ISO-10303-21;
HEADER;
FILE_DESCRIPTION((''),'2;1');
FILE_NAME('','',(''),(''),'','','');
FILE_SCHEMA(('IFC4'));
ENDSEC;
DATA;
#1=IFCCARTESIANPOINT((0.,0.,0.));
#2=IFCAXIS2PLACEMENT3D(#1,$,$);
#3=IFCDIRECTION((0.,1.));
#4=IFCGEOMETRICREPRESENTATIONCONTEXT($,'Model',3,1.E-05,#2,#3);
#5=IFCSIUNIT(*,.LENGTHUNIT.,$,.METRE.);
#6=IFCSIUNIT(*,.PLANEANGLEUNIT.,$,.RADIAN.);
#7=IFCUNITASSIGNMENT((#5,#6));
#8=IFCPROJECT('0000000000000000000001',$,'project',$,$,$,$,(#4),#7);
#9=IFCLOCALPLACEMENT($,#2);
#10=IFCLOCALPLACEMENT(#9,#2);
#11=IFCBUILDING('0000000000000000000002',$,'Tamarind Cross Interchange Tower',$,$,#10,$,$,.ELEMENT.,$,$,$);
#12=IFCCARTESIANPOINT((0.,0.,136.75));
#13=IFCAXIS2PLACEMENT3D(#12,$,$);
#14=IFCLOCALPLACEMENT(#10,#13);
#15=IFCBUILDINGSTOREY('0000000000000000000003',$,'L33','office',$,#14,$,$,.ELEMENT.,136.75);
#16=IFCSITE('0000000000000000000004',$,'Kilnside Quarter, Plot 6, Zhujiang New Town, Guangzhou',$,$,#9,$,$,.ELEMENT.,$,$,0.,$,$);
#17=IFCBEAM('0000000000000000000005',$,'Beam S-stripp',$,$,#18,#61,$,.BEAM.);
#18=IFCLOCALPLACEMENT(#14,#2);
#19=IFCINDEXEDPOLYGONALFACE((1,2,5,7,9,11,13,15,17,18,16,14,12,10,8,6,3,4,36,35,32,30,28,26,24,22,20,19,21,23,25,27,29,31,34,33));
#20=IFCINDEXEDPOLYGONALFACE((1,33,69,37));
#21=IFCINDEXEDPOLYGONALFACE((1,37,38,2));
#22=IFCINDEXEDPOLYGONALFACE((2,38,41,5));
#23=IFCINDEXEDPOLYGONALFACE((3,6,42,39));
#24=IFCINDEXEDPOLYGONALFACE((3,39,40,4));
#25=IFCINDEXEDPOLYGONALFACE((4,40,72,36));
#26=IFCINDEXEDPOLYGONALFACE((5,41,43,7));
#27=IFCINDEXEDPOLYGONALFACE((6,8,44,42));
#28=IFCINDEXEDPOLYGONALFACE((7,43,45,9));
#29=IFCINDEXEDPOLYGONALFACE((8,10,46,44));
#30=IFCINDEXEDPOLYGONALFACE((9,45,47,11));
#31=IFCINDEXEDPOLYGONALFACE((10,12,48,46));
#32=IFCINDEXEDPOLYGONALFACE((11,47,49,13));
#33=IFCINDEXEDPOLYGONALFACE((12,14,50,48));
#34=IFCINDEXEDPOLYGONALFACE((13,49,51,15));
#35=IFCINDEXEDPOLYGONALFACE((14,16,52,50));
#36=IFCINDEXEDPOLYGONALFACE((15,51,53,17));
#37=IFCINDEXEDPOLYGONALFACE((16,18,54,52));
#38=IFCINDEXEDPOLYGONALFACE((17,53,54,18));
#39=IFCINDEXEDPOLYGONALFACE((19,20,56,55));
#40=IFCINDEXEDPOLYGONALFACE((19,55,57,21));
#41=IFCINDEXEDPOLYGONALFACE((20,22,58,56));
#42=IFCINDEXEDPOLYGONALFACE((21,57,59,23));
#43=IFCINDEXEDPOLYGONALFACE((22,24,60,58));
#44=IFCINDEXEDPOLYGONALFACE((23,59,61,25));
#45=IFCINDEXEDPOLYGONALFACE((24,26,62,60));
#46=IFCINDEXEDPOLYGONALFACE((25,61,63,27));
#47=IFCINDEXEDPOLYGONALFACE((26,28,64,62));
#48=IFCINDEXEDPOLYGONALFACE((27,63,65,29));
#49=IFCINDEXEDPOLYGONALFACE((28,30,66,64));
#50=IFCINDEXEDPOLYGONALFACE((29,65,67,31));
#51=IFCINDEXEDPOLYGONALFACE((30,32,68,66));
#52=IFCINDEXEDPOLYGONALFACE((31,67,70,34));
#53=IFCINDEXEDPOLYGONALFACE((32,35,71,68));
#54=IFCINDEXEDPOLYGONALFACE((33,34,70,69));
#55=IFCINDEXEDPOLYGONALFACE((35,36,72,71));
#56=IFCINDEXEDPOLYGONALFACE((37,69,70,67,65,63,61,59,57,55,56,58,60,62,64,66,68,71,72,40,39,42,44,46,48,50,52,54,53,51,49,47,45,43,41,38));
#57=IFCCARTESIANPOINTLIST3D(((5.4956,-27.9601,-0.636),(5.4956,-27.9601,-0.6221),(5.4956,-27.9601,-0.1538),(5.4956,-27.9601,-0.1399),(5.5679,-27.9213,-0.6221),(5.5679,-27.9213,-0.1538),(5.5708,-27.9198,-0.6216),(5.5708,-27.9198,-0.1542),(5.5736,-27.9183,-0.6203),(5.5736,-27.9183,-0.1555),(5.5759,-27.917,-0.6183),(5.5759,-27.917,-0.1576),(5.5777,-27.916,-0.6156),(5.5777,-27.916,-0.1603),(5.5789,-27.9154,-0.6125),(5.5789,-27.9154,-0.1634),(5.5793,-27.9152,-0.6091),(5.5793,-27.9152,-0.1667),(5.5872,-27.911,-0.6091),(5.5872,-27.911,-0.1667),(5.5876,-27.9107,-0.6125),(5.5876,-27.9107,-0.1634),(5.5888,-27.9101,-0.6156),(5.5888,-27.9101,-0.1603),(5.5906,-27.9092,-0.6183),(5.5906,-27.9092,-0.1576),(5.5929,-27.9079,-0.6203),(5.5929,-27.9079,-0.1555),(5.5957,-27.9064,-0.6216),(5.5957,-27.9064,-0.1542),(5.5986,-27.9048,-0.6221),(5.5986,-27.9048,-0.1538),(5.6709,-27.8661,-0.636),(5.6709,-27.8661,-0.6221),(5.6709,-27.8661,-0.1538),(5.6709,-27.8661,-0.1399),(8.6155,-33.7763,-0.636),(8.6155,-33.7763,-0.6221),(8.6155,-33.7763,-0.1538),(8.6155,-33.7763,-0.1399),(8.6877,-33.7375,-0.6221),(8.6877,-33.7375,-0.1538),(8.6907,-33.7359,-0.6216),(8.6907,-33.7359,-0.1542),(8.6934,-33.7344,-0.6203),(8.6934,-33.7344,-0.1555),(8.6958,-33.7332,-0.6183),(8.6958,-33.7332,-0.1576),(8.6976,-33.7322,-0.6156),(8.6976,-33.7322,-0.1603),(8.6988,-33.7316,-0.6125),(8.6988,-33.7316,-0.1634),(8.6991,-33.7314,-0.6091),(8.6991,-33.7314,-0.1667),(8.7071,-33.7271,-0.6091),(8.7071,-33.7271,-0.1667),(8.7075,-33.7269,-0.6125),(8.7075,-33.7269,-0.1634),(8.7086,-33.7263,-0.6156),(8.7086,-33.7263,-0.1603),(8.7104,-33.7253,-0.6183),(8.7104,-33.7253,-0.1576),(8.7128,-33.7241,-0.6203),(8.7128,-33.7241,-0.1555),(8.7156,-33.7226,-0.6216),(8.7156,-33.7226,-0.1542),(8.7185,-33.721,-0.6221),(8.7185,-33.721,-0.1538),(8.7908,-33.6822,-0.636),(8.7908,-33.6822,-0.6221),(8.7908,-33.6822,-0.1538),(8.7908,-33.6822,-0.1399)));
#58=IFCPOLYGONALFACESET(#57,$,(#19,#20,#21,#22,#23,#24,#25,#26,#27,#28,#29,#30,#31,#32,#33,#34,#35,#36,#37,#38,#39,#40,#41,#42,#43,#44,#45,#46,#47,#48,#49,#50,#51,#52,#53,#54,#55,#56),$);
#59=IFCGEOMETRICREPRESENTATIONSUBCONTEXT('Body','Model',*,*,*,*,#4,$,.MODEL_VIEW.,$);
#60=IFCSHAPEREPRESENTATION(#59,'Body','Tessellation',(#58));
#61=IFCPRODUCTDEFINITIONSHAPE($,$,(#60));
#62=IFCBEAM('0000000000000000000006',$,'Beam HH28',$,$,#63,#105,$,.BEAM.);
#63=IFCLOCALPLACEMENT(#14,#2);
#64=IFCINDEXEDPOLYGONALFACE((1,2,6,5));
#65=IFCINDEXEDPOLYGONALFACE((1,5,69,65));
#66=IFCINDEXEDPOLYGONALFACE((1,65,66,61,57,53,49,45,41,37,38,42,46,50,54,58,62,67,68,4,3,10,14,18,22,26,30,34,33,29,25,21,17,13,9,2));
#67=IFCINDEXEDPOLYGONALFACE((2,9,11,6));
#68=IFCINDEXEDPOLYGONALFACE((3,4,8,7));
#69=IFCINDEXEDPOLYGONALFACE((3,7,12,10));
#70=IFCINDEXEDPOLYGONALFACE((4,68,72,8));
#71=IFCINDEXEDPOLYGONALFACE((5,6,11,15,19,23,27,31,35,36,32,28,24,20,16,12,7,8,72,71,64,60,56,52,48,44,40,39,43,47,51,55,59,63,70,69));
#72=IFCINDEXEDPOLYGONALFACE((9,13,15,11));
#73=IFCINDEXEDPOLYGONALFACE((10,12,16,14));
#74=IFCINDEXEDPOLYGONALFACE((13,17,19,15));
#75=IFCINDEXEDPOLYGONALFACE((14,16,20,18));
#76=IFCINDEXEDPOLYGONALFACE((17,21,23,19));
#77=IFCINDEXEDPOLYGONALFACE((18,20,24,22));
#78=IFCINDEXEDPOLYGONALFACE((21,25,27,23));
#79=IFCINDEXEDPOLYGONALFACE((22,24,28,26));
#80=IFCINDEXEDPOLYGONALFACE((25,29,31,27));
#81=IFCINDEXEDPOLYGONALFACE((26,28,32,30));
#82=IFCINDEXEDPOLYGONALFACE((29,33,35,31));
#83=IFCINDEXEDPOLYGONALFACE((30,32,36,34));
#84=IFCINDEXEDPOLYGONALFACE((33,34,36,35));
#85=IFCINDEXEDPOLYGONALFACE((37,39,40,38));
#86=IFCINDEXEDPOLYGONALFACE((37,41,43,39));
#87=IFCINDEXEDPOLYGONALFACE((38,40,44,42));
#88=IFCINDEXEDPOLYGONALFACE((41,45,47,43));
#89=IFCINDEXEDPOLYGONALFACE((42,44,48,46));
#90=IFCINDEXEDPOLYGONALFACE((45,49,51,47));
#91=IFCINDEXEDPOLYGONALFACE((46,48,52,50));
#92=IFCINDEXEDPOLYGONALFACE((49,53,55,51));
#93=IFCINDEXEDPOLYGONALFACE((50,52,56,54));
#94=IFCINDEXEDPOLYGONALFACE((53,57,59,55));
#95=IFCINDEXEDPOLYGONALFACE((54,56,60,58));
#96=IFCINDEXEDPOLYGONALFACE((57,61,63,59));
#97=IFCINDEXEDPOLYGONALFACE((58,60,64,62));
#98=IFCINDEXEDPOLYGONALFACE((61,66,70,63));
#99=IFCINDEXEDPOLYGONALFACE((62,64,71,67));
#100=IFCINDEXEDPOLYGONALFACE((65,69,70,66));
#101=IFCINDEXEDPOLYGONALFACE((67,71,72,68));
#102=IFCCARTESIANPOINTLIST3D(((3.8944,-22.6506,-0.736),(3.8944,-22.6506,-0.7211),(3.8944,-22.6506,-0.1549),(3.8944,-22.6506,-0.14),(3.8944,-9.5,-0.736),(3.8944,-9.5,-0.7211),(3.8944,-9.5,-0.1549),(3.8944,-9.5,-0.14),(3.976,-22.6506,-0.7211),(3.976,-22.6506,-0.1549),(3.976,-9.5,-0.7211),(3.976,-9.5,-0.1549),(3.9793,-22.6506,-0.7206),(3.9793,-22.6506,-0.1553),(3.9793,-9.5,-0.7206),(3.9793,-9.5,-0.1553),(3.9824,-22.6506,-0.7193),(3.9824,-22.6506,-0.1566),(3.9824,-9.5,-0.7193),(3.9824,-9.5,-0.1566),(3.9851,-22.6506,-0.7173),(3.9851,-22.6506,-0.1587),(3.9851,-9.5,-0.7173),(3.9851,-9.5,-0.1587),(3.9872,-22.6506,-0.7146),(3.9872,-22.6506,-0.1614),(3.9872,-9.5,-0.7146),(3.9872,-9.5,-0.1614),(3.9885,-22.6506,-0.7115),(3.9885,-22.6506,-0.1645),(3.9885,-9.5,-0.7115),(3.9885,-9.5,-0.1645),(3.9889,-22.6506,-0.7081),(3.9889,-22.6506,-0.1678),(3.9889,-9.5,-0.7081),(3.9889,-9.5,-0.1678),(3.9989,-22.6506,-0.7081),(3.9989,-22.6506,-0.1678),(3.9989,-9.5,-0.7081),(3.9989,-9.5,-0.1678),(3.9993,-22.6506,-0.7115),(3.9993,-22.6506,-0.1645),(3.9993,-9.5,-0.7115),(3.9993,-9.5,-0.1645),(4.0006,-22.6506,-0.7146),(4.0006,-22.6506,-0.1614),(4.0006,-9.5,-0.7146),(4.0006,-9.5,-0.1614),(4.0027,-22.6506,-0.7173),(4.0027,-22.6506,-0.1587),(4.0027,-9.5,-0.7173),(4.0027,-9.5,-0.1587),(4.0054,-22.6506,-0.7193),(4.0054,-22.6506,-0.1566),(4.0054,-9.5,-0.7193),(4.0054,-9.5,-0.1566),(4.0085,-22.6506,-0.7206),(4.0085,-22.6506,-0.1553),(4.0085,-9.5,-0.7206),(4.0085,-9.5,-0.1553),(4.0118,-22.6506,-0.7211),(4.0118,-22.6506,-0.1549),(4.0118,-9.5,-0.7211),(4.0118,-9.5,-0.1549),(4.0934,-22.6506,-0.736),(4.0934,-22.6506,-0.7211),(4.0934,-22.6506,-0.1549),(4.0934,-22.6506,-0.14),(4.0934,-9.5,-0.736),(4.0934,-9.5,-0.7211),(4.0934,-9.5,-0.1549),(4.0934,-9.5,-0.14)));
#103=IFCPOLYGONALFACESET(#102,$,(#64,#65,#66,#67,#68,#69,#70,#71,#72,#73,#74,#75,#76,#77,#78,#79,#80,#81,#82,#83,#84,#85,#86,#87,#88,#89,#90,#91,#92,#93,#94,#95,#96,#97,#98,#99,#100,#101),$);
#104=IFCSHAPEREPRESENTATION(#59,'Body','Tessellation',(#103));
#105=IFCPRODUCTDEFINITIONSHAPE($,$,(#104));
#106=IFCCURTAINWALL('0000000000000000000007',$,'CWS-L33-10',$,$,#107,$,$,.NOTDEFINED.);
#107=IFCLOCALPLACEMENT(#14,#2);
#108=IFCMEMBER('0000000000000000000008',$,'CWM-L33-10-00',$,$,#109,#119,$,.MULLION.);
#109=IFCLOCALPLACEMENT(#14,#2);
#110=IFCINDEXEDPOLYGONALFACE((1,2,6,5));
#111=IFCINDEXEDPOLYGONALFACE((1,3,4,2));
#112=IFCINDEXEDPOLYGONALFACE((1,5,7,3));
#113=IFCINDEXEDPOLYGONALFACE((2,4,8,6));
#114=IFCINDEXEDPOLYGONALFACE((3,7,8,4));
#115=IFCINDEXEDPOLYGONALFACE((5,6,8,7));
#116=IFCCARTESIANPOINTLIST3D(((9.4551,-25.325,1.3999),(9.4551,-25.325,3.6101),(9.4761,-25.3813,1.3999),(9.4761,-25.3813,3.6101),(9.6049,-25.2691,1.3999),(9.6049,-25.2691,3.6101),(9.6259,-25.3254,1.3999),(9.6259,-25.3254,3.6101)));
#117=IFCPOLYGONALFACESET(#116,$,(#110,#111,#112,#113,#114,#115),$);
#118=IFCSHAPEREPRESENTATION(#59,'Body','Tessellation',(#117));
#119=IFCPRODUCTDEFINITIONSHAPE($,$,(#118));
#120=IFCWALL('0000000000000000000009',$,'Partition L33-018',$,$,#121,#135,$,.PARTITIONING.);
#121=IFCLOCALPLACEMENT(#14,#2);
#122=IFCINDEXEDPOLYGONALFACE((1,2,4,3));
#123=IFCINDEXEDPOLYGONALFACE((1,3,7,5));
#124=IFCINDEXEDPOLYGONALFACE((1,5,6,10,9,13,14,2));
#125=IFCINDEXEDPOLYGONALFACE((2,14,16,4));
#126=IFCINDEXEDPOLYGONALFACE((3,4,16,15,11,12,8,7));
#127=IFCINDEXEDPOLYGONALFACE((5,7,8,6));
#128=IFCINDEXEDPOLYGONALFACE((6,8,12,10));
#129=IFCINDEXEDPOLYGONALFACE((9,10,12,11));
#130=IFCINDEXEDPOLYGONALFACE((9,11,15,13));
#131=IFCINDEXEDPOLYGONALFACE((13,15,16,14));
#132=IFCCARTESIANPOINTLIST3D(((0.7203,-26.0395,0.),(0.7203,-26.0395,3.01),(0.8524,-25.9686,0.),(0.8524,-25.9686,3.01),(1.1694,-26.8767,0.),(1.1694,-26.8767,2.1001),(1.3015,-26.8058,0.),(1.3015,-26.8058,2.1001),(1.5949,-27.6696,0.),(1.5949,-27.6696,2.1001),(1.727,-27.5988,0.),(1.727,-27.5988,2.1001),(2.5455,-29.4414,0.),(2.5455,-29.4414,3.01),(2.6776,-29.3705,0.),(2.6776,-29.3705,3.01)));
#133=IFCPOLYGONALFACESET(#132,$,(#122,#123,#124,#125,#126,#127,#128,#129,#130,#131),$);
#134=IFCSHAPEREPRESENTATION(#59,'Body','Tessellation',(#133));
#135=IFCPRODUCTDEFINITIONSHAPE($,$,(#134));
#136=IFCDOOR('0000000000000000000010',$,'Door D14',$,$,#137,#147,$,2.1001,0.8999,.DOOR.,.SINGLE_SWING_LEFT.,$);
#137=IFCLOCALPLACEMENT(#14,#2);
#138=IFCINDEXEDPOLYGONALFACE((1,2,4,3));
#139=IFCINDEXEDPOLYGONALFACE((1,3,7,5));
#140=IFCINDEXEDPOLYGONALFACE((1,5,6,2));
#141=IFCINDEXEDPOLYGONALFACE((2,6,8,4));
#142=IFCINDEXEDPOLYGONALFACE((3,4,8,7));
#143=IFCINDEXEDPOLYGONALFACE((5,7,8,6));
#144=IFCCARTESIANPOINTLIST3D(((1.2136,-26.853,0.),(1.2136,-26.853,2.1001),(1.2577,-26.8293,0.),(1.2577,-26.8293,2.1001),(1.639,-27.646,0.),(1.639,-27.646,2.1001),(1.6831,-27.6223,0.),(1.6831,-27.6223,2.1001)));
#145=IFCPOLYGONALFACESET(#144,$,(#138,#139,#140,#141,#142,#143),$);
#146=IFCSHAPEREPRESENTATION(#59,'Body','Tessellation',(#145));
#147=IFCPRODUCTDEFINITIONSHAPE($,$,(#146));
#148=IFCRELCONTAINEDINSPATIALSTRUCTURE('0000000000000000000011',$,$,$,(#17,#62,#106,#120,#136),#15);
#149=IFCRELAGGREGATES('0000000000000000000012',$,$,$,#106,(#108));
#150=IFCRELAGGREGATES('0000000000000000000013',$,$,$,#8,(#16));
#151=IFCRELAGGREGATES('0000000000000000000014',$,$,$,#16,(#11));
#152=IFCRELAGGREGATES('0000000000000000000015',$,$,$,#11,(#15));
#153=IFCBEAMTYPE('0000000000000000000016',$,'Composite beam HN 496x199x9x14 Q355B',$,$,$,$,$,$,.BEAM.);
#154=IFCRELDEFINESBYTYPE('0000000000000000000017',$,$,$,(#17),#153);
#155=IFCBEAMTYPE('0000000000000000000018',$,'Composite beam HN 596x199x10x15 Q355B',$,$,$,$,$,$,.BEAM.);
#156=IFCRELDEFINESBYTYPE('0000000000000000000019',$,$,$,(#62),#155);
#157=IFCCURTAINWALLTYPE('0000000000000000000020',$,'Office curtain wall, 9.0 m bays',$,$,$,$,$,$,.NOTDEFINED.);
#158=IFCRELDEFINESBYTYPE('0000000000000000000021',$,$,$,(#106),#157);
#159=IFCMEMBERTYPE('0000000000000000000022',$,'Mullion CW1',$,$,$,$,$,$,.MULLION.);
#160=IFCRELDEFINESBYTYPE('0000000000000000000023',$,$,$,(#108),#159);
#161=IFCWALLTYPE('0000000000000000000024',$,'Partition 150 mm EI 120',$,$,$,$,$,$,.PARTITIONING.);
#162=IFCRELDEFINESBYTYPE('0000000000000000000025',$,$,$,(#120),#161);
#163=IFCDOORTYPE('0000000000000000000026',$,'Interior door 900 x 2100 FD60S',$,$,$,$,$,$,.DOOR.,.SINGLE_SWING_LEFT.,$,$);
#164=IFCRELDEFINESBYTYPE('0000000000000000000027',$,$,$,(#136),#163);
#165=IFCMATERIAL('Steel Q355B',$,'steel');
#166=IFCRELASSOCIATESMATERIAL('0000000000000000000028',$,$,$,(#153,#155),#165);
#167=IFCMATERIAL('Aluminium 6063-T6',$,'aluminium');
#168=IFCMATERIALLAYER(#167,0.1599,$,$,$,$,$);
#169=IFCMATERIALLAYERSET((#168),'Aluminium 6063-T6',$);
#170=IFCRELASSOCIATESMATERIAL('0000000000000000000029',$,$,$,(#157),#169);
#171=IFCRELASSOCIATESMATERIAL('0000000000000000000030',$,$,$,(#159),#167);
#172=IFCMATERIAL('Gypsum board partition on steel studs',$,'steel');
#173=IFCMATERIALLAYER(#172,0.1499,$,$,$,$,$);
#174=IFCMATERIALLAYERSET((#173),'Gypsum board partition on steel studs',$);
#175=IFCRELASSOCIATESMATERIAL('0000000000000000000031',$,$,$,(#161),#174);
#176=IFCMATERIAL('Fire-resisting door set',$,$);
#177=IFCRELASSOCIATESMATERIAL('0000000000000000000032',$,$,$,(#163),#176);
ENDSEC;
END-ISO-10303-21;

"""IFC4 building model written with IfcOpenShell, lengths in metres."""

from ifc_helpers import new_model, si_unit, direction, frame, frame_2d, origin, origin_2d, place, context, subcontext, project, spatial, rectangle, i_section, extrude, material, layer, layer_set, material_profile, profile_set, type_object, element, fill, aggregate, save


model = new_model("IFC4")

# Units and contexts
model_context = context("Model", 3, precision=1e-05, world=origin(), true_north=direction((0.0, 1.0)))
body_context = subcontext(model_context, "Body", "Model", "MODEL_VIEW")
ifc_project = project(units=[si_unit("LENGTHUNIT", "METRE"), si_unit("PLANEANGLEUNIT", "RADIAN")], contexts=[model_context])

# Site, building, storey
site_placement = place(None, origin())
site = spatial("IfcSite", under=ifc_project, at=site_placement, Name="Kilnside Quarter, Plot 6, Zhujiang New Town, Guangzhou", CompositionType="ELEMENT", RefElevation=0.0)
building_placement = place(site_placement, origin())
building = spatial("IfcBuilding", under=site, at=building_placement, Name="Tamarind Cross Interchange Tower", CompositionType="ELEMENT")
storey_placement = place(building_placement, frame((0.0, 0.0, 136.75)))
storey = spatial("IfcBuildingStorey", under=building, at=storey_placement, Name="L33", Description="office", CompositionType="ELEMENT", Elevation=136.75)

# Beams
ifc_material_1 = material(Name="Steel Q355B", Category="steel")
ifc_material_profile_1 = material_profile(ifc_material_1, i_section(OverallWidth=0.199, OverallDepth=0.4961, WebThickness=0.009, FlangeThickness=0.0139, FilletRadius=0.0129, at=origin_2d()), Name="HN 496x199x9x14")
ifc_profile_set_1 = profile_set([ifc_material_profile_1], Name="Steel Q355B")
beam_type_1 = type_object("IfcBeamType", Name="Composite beam HN 496x199x9x14 Q355B", PredefinedType="BEAM", material=ifc_profile_set_1)
beam_1_placement = place(storey_placement, frame((5.5833, -27.9131, -0.3879), z_axis=(0.472701, -0.881223, 0.0), x_axis=(0.881223, 0.472701, 0.0)))
element("IfcBeam", 1, at=beam_1_placement, inside=storey, type_object=beam_type_1, Name="Beam S-stripp", PredefinedType="BEAM", context=body_context, shape_type="SweptSolid", body=[
    extrude(i_section(OverallWidth=0.199, OverallDepth=0.4961, WebThickness=0.009, FlangeThickness=0.0139, FilletRadius=0.0129, at=origin_2d()), origin(), (0.0, 0.0, 1.0), 6.6001),
])
ifc_material_profile_2 = material_profile(ifc_material_1, i_section(OverallWidth=0.199, OverallDepth=0.5959, WebThickness=0.01, FlangeThickness=0.0149, FilletRadius=0.0129, at=origin_2d()), Name="HN 596x199x10x15")
ifc_profile_set_2 = profile_set([ifc_material_profile_2], Name="Steel Q355B")
beam_type_2 = type_object("IfcBeamType", Name="Composite beam HN 596x199x10x15 Q355B", PredefinedType="BEAM", material=ifc_profile_set_2)
beam_2_placement = place(storey_placement, frame((3.9939, -22.6506, -0.438), z_axis=(0.0, 1.0, 0.0), x_axis=(-1.0, 0.0, 0.0)))
element("IfcBeam", 2, at=beam_2_placement, inside=storey, type_object=beam_type_2, Name="Beam HH28", PredefinedType="BEAM", context=body_context, shape_type="SweptSolid", body=[
    extrude(i_section(OverallWidth=0.199, OverallDepth=0.5959, WebThickness=0.01, FlangeThickness=0.0149, FilletRadius=0.0129, at=origin_2d()), origin(), (0.0, 0.0, 1.0), 13.1506),
])

# Curtain wall, member
ifc_material_2 = material(Name="Aluminium 6063-T6", Category="aluminium")
ifc_layer_1 = layer(ifc_material_2, 0.1599)
ifc_layer_set_1 = layer_set([ifc_layer_1], Name="Aluminium 6063-T6")
curtain_wall_type = type_object("IfcCurtainWallType", Name="Office curtain wall, 9.0 m bays", PredefinedType="NOTDEFINED", material=ifc_layer_set_1)
curtain_wall_placement = place(storey_placement, origin())
curtain_wall = element("IfcCurtainWall", 3, at=curtain_wall_placement, inside=storey, type_object=curtain_wall_type, Name="CWS-L33-10", PredefinedType="NOTDEFINED")
ifc_material_profile_3 = material_profile(ifc_material_2, rectangle(XDim=0.0601, YDim=0.1599, at=origin_2d()), Name="Mullion CW1")
ifc_profile_set_3 = profile_set([ifc_material_profile_3], Name="Aluminium 6063-T6")
member_type = type_object("IfcMemberType", Name="Mullion CW1", PredefinedType="MULLION", material=ifc_profile_set_3)
member_placement = place(storey_placement, frame((9.5405, -25.3252, 1.3999), z_axis=(0.0, 0.0, 1.0), x_axis=(-0.349771, 0.936835, 0.0)))
member = element("IfcMember", 4, at=member_placement, type_object=member_type, Name="CWM-L33-10-00", PredefinedType="MULLION", context=body_context, shape_type="SweptSolid", body=[
    extrude(rectangle(XDim=0.0601, YDim=0.1599, at=origin_2d()), origin(), (0.0, 0.0, 1.0), 2.2102),
])
aggregate(curtain_wall, [member])

# Wall, opening, door
ifc_material_3 = material(Name="Gypsum board partition on steel studs", Category="steel")
ifc_layer_2 = layer(ifc_material_3, 0.1499)
ifc_layer_set_2 = layer_set([ifc_layer_2], Name="Gypsum board partition on steel studs")
wall_type_1 = type_object("IfcWallType", Name="Partition 150 mm EI 120", PredefinedType="PARTITIONING", material=ifc_layer_set_2)
wall_1_placement = place(storey_placement, frame((0.7864, -26.0042, 0.0), z_axis=(0.0, 0.0, 1.0), x_axis=(0.472779, -0.881181, 0.0)))
wall_1 = element("IfcWall", 5, at=wall_1_placement, inside=storey, type_object=wall_type_1, Name="Partition L33-018", PredefinedType="PARTITIONING", context=body_context, shape_type="SweptSolid", body=[
    extrude(rectangle(XDim=3.8606, YDim=0.1499, at=frame_2d((1.9302, 0.0))), origin(), (0.0, 0.0, 1.0), 3.01),
])
opening_1_placement = place(wall_1_placement, frame((0.95, 0.0, 0.0)))
opening_1 = element("IfcOpeningElement", 6, at=opening_1_placement, cuts=wall_1, PredefinedType="OPENING", context=body_context, shape_type="SweptSolid", body=[
    extrude(rectangle(XDim=0.8999, YDim=2.1001, at=frame_2d((0.45, 1.05))), frame((0.0, 0.085, 0.0), z_axis=(0.0, -1.0, 0.0), x_axis=(1.0, 0.0, 0.0)), (0.0, 0.0, 1.0), 0.1699),
])
ifc_material_4 = material(Name="Fire-resisting door set")
door_type_1 = type_object("IfcDoorType", Name="Interior door 900 x 2100 FD60S", OperationType="SINGLE_SWING_LEFT", PredefinedType="DOOR", material=ifc_material_4)
door_1_placement = place(opening_1_placement, frame((0.8999, 0.0, 0.0), z_axis=(0.0, 0.0, 1.0), x_axis=(-1.0, 0.0, 0.0)))
door_1 = element("IfcDoor", 7, at=door_1_placement, inside=storey, type_object=door_type_1, Name="Door D14", OperationType="SINGLE_SWING_LEFT", OverallHeight=2.1001, OverallWidth=0.8999, PredefinedType="DOOR", context=body_context, shape_type="SweptSolid", body=[
    extrude(rectangle(XDim=0.8999, YDim=2.1001, at=frame_2d((0.45, 1.05))), frame((0.0, 0.0249, 0.0), z_axis=(0.0, -1.0, 0.0), x_axis=(1.0, 0.0, 0.0)), (0.0, 0.0, 1.0), 0.05),
])
fill(opening_1, door_1)

save(model, "model.ifc")
